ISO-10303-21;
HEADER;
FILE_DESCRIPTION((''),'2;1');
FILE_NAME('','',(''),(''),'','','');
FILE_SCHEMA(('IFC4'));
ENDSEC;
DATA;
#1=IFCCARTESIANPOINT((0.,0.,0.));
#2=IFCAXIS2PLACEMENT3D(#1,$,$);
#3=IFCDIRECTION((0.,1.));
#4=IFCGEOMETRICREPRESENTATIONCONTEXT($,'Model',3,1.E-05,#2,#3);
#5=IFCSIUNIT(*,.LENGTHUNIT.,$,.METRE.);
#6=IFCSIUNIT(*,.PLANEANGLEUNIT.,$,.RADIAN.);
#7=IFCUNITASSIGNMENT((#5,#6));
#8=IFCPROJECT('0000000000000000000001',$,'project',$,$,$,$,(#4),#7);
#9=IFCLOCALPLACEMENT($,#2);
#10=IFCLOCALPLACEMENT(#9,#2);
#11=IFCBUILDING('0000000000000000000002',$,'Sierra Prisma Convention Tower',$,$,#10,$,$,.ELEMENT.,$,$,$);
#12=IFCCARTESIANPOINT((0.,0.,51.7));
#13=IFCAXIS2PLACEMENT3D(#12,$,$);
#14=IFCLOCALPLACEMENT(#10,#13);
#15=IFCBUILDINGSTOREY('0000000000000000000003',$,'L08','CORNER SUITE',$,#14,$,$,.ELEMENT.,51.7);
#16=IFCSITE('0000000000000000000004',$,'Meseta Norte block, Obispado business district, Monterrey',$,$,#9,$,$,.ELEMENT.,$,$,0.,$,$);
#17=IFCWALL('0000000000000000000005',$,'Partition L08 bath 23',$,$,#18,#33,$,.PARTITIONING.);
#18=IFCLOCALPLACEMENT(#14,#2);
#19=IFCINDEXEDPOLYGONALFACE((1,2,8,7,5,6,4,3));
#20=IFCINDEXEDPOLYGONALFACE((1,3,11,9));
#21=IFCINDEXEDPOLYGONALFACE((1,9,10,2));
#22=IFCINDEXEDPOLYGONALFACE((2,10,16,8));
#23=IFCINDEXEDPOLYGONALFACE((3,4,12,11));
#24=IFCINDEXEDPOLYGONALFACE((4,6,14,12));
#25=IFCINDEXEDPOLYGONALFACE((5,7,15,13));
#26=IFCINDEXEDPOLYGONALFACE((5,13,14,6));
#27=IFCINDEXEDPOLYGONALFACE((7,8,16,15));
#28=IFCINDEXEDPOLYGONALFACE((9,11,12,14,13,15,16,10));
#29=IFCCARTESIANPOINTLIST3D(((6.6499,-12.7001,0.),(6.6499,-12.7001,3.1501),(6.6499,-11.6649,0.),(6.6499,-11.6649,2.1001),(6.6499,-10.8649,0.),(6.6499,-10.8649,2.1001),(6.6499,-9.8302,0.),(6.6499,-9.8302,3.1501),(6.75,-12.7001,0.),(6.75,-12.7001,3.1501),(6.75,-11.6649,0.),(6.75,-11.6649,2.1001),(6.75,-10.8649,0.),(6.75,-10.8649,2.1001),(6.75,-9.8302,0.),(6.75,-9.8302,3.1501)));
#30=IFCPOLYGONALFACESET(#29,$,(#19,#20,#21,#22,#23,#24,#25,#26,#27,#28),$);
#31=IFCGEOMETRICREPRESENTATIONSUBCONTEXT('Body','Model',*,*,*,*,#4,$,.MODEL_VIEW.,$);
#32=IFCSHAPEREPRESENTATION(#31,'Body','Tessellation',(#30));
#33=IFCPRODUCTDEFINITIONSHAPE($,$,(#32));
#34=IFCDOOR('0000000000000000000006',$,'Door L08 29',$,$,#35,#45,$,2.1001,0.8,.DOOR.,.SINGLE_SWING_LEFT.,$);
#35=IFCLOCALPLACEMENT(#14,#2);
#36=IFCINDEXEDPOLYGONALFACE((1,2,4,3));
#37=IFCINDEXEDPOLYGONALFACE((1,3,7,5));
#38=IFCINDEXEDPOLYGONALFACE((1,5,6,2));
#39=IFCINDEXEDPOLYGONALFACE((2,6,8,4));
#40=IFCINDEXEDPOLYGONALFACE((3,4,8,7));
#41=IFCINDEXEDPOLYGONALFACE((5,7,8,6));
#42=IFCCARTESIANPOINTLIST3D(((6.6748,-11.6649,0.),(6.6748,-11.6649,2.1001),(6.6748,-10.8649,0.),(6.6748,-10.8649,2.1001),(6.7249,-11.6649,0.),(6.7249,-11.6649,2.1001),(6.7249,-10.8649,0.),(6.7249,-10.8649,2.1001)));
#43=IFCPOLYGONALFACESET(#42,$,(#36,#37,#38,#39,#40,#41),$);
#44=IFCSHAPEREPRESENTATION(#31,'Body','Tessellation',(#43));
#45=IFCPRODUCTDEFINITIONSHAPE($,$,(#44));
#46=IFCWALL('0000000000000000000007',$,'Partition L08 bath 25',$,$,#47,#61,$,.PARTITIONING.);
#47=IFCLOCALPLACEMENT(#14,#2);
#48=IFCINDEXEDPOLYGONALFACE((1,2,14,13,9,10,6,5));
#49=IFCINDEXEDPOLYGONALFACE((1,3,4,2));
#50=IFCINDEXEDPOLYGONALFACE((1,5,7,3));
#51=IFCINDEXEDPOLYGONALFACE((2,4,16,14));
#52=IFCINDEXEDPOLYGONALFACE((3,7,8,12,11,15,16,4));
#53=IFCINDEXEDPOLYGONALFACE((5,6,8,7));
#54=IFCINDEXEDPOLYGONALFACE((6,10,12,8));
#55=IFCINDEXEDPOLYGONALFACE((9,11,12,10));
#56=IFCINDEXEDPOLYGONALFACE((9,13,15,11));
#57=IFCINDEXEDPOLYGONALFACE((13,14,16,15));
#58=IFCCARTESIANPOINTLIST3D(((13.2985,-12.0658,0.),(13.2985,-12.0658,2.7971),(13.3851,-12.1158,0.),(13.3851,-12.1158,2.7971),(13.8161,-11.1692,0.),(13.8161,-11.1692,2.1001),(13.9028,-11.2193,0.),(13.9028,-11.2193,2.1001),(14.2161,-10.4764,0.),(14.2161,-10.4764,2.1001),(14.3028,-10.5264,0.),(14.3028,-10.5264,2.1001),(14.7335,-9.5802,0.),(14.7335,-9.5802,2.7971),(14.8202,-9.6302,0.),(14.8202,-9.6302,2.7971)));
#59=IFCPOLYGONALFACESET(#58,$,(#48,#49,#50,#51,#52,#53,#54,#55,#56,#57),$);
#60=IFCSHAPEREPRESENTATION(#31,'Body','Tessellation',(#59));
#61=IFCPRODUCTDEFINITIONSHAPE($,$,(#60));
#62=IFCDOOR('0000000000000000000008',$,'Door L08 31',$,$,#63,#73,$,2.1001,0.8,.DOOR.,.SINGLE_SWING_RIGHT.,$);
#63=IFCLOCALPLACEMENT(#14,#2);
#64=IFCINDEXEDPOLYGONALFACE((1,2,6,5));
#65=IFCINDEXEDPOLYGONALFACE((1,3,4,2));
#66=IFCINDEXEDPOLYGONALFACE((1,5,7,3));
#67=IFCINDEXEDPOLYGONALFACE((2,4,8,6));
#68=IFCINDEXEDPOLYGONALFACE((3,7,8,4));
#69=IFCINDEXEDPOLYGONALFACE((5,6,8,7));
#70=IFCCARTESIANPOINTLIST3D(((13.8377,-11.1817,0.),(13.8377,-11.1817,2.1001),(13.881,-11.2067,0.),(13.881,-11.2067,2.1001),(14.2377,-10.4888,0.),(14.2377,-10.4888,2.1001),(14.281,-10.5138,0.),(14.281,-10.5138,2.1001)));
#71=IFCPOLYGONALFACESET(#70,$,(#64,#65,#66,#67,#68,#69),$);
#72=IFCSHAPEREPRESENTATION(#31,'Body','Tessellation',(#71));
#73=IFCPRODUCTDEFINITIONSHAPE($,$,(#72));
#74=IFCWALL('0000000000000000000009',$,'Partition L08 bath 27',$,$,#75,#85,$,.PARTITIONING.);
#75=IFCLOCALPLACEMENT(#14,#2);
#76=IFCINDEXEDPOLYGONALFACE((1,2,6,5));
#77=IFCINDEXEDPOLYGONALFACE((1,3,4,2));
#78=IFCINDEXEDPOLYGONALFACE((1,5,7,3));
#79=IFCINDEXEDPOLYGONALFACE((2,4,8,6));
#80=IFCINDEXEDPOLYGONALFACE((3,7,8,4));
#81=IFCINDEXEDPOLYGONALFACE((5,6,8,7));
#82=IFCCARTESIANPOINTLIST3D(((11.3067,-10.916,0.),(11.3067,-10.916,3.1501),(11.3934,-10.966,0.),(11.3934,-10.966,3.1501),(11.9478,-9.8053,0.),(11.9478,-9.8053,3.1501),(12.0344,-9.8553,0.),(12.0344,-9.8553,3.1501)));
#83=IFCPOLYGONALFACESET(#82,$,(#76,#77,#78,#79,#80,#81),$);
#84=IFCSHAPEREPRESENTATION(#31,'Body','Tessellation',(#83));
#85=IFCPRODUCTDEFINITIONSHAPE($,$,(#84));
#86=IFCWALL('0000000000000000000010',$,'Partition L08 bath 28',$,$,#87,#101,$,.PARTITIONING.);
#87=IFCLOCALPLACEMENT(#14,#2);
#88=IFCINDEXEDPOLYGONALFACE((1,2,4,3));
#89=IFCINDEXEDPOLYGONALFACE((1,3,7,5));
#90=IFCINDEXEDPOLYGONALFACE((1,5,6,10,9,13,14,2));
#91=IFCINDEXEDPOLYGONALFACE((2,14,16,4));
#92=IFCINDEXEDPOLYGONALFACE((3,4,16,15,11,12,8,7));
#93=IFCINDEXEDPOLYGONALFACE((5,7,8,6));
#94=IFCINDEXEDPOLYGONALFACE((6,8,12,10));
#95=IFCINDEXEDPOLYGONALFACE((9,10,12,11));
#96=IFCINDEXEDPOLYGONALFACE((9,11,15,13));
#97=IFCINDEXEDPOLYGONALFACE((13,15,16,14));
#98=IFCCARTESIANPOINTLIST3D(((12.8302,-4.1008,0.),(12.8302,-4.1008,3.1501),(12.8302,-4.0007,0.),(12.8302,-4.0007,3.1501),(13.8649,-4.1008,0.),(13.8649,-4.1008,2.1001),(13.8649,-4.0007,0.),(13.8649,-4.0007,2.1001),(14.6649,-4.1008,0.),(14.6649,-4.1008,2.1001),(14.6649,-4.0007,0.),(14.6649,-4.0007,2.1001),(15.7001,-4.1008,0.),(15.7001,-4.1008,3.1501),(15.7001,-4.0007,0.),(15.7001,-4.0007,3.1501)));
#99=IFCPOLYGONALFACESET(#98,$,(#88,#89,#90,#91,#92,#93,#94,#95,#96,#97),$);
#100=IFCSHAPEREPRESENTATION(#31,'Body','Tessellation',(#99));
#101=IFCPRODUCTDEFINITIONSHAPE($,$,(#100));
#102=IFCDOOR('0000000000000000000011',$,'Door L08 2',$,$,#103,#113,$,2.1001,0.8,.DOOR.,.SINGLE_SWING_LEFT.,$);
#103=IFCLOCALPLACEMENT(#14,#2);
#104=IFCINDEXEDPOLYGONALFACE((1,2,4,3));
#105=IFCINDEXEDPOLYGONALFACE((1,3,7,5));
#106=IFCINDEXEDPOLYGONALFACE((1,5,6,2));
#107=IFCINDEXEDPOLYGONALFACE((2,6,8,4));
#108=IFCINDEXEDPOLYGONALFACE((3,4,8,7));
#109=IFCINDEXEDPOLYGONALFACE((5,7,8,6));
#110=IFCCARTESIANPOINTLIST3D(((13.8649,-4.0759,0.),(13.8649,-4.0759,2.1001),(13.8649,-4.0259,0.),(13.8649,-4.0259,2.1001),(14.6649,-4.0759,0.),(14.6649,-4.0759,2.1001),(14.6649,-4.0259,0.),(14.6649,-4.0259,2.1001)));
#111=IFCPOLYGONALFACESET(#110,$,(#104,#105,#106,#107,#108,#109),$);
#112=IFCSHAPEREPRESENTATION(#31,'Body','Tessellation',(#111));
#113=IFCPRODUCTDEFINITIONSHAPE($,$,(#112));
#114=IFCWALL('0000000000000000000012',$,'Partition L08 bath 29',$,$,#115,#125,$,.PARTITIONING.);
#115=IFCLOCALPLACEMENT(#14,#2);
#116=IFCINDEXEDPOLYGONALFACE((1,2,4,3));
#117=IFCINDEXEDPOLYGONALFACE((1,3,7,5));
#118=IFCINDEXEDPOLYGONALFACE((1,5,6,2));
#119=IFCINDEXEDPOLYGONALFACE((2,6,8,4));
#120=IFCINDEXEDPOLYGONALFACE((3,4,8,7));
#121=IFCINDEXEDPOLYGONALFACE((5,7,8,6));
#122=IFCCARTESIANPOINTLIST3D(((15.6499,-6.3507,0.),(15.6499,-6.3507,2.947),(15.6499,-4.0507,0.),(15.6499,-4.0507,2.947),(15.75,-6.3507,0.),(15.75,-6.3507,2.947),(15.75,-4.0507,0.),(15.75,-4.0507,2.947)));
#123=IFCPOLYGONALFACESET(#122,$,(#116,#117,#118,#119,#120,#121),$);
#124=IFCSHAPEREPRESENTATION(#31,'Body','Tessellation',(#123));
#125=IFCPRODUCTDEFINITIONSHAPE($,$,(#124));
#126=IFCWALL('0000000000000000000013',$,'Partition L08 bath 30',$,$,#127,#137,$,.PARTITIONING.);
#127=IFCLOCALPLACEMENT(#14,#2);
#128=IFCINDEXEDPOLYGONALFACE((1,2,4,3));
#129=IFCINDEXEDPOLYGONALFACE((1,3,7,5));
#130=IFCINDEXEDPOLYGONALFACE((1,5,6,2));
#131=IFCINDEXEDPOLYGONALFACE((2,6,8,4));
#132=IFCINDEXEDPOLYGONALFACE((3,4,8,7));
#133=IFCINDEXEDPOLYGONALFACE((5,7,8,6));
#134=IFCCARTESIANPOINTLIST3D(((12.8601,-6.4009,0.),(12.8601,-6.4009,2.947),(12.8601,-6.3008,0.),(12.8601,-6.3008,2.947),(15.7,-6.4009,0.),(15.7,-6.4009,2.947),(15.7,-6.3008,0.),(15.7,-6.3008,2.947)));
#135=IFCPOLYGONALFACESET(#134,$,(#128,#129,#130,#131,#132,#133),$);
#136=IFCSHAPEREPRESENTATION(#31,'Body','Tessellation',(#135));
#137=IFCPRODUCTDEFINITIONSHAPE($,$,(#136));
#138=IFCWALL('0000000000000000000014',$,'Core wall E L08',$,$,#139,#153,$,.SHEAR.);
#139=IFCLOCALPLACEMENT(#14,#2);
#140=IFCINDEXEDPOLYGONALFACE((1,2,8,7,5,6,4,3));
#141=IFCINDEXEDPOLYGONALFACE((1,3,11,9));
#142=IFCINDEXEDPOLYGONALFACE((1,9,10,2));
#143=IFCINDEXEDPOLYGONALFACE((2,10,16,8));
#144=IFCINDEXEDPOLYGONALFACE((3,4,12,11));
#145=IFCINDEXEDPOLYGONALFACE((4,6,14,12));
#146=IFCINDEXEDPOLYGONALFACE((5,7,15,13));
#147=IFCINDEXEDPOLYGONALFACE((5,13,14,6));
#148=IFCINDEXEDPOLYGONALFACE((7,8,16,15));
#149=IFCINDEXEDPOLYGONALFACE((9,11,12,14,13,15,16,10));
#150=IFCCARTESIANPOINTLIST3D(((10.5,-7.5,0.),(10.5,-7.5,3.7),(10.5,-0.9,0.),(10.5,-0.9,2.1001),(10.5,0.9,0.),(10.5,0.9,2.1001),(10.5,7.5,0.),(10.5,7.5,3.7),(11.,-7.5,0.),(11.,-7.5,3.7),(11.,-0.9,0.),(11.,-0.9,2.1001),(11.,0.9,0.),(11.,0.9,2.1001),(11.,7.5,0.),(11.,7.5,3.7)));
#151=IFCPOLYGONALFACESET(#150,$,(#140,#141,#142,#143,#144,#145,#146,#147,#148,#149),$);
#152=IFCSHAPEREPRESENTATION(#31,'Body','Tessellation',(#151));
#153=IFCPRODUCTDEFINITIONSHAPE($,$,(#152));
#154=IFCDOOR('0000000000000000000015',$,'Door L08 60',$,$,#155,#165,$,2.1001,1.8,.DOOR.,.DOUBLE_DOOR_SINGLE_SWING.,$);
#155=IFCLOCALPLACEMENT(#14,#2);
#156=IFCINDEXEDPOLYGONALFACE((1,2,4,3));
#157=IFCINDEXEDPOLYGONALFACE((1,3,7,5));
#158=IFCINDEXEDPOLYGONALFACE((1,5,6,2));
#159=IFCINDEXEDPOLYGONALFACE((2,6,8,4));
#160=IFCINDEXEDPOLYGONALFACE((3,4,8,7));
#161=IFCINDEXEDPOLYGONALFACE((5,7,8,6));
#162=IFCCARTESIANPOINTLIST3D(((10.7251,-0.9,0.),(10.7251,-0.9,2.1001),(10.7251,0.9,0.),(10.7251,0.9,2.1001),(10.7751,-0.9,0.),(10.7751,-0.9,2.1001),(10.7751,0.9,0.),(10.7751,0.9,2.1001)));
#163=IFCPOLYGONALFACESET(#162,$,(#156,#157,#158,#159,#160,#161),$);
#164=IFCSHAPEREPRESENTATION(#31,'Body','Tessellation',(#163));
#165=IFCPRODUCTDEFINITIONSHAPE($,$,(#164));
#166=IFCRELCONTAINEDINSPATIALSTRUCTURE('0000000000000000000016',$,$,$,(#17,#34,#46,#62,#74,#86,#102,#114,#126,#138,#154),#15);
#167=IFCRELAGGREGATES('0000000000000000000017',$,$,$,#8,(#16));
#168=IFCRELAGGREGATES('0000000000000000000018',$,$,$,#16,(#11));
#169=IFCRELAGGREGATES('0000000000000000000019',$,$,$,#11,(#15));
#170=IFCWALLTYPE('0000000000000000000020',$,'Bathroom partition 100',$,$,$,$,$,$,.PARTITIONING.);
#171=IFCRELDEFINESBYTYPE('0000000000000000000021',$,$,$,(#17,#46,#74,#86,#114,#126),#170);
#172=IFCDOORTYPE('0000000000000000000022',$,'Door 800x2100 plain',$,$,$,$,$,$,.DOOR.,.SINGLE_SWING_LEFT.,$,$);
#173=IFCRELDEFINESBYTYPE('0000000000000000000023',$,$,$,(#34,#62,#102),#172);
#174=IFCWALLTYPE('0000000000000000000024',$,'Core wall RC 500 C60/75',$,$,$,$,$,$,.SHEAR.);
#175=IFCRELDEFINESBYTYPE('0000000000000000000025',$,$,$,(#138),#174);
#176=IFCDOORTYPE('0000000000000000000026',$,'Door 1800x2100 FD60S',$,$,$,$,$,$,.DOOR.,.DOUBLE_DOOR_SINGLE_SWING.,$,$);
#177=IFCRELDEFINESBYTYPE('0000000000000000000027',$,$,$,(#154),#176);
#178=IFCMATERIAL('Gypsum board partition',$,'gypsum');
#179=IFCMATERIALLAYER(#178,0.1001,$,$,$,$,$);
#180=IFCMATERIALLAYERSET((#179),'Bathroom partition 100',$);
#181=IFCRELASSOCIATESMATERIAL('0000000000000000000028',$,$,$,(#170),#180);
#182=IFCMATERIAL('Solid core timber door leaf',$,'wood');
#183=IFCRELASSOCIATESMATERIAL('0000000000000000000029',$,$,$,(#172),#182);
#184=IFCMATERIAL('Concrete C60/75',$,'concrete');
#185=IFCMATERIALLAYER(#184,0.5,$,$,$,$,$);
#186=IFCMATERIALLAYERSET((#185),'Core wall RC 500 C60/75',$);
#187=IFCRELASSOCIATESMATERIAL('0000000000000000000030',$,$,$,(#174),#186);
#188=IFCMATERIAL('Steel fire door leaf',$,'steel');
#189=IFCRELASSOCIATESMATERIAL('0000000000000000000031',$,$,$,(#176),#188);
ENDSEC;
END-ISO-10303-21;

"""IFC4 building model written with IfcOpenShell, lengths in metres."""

from ifc_helpers import new_model, si_unit, direction, frame, frame_2d, origin, place, context, subcontext, project, spatial, rectangle, extrude, material, layer, layer_set, type_object, element, fill, save


model = new_model("IFC4")

# Units and contexts
model_context = context("Model", 3, precision=1e-05, world=origin(), true_north=direction((0.0, 1.0)))
body_context = subcontext(model_context, "Body", "Model", "MODEL_VIEW")
ifc_project = project(units=[si_unit("LENGTHUNIT", "METRE"), si_unit("PLANEANGLEUNIT", "RADIAN")], contexts=[model_context])

# Site, building, storey
site_placement = place(None, origin())
site = spatial("IfcSite", under=ifc_project, at=site_placement, Name="Meseta Norte block, Obispado business district, Monterrey", CompositionType="ELEMENT", RefElevation=0.0)
building_placement = place(site_placement, origin())
building = spatial("IfcBuilding", under=site, at=building_placement, Name="Sierra Prisma Convention Tower", CompositionType="ELEMENT")
storey_placement = place(building_placement, frame((0.0, 0.0, 51.7)))
storey = spatial("IfcBuildingStorey", under=building, at=storey_placement, Name="L08", Description="CORNER SUITE", CompositionType="ELEMENT", Elevation=51.7)

# Walls, openings, doors
ifc_material_1 = material(Name="Gypsum board partition", Category="gypsum")
ifc_layer_1 = layer(ifc_material_1, 0.1001)
ifc_layer_set_1 = layer_set([ifc_layer_1], Name="Bathroom partition 100")
wall_type_1 = type_object("IfcWallType", Name="Bathroom partition 100", PredefinedType="PARTITIONING", material=ifc_layer_set_1)
wall_1_placement = place(storey_placement, frame((6.7, -9.8301, 0.0), z_axis=(0.0, 0.0, 1.0), x_axis=(0.0, -1.0, 0.0)))
wall_1 = element("IfcWall", 1, at=wall_1_placement, inside=storey, type_object=wall_type_1, Name="Partition L08 bath 23", PredefinedType="PARTITIONING", context=body_context, shape_type="SweptSolid", body=[
    extrude(rectangle(XDim=2.8699, YDim=0.1001, at=frame_2d((1.4351, 0.0))), origin(), (0.0, 0.0, 1.0), 3.1501),
])
opening_1_placement = place(wall_1_placement, frame((1.0349, 0.0, 0.0)))
opening_1 = element("IfcOpeningElement", 2, at=opening_1_placement, cuts=wall_1, PredefinedType="OPENING", context=body_context, shape_type="SweptSolid", body=[
    extrude(rectangle(XDim=0.8, YDim=2.1001, at=frame_2d((0.3999, 1.05))), frame((0.0, 0.05, 0.0), z_axis=(0.0, -1.0, 0.0), x_axis=(1.0, 0.0, 0.0)), (0.0, 0.0, 1.0), 0.1001),
])
ifc_material_2 = material(Name="Solid core timber door leaf", Category="wood")
door_type_1 = type_object("IfcDoorType", Name="Door 800x2100 plain", OperationType="SINGLE_SWING_LEFT", PredefinedType="DOOR", material=ifc_material_2)
door_1_placement = place(opening_1_placement, origin())
door_1 = element("IfcDoor", 3, at=door_1_placement, inside=storey, type_object=door_type_1, Name="Door L08 29", OperationType="SINGLE_SWING_LEFT", OverallHeight=2.1001, OverallWidth=0.8, PredefinedType="DOOR", context=body_context, shape_type="SweptSolid", body=[
    extrude(rectangle(XDim=0.8, YDim=2.1001, at=frame_2d((0.3999, 1.05))), frame((0.0, 0.0249, 0.0), z_axis=(0.0, -1.0, 0.0), x_axis=(1.0, 0.0, 0.0)), (0.0, 0.0, 1.0), 0.05),
])
fill(opening_1, door_1)
wall_2_placement = place(storey_placement, frame((14.7769, -9.6052, 0.0), z_axis=(0.0, 0.0, 1.0), x_axis=(-0.5, -0.866026, 0.0)))
wall_2 = element("IfcWall", 4, at=wall_2_placement, inside=storey, type_object=wall_type_1, Name="Partition L08 bath 25", PredefinedType="PARTITIONING", context=body_context, shape_type="SweptSolid", body=[
    extrude(rectangle(XDim=2.8701, YDim=0.1001, at=frame_2d((1.4351, 0.0))), origin(), (0.0, 0.0, 1.0), 2.7971),
])
opening_2_placement = place(wall_2_placement, frame((1.0349, 0.0, 0.0)))
opening_2 = element("IfcOpeningElement", 5, at=opening_2_placement, cuts=wall_2, PredefinedType="OPENING", context=body_context, shape_type="SweptSolid", body=[
    extrude(rectangle(XDim=0.8, YDim=2.1001, at=frame_2d((0.3999, 1.05))), frame((0.0, 0.05, 0.0), z_axis=(0.0, -1.0, 0.0), x_axis=(1.0, 0.0, 0.0)), (0.0, 0.0, 1.0), 0.1001),
])
door_2_placement = place(opening_2_placement, origin())
door_2 = element("IfcDoor", 6, at=door_2_placement, inside=storey, type_object=door_type_1, Name="Door L08 31", OperationType="SINGLE_SWING_RIGHT", OverallHeight=2.1001, OverallWidth=0.8, PredefinedType="DOOR", context=body_context, shape_type="SweptSolid", body=[
    extrude(rectangle(XDim=0.8, YDim=2.1001, at=frame_2d((0.3999, 1.05))), frame((0.0, 0.0249, 0.0), z_axis=(0.0, -1.0, 0.0), x_axis=(1.0, 0.0, 0.0)), (0.0, 0.0, 1.0), 0.05),
])
fill(opening_2, door_2)

# Wall
wall_3_placement = place(storey_placement, frame((11.3501, -10.9409, 0.0), z_axis=(0.0, 0.0, 1.0), x_axis=(0.499865, 0.866103, 0.0)))
element("IfcWall", 7, at=wall_3_placement, inside=storey, type_object=wall_type_1, Name="Partition L08 bath 27", PredefinedType="PARTITIONING", context=body_context, shape_type="SweptSolid", body=[
    extrude(rectangle(XDim=1.2825, YDim=0.1001, at=frame_2d((0.6411, 0.0))), origin(), (0.0, 0.0, 1.0), 3.1501),
])

# Wall, opening, door
wall_4_placement = place(storey_placement, frame((12.8301, -4.0508, 0.0), z_axis=(0.0, 0.0, 1.0), x_axis=(1.0, 0.0, 0.0)))
wall_4 = element("IfcWall", 8, at=wall_4_placement, inside=storey, type_object=wall_type_1, Name="Partition L08 bath 28", PredefinedType="PARTITIONING", context=body_context, shape_type="SweptSolid", body=[
    extrude(rectangle(XDim=2.8699, YDim=0.1001, at=frame_2d((1.4351, 0.0))), origin(), (0.0, 0.0, 1.0), 3.1501),
])
opening_3_placement = place(wall_4_placement, frame((1.0349, 0.0, 0.0)))
opening_3 = element("IfcOpeningElement", 9, at=opening_3_placement, cuts=wall_4, PredefinedType="OPENING", context=body_context, shape_type="SweptSolid", body=[
    extrude(rectangle(XDim=0.8, YDim=2.1001, at=frame_2d((0.3999, 1.05))), frame((0.0, 0.05, 0.0), z_axis=(0.0, -1.0, 0.0), x_axis=(1.0, 0.0, 0.0)), (0.0, 0.0, 1.0), 0.1001),
])
door_3_placement = place(opening_3_placement, origin())
door_3 = element("IfcDoor", 10, at=door_3_placement, inside=storey, type_object=door_type_1, Name="Door L08 2", OperationType="SINGLE_SWING_LEFT", OverallHeight=2.1001, OverallWidth=0.8, PredefinedType="DOOR", context=body_context, shape_type="SweptSolid", body=[
    extrude(rectangle(XDim=0.8, YDim=2.1001, at=frame_2d((0.3999, 1.05))), frame((0.0, 0.0249, 0.0), z_axis=(0.0, -1.0, 0.0), x_axis=(1.0, 0.0, 0.0)), (0.0, 0.0, 1.0), 0.05),
])
fill(opening_3, door_3)

# Walls
wall_5_placement = place(storey_placement, frame((15.7, -4.0508, 0.0), z_axis=(0.0, 0.0, 1.0), x_axis=(0.0, -1.0, 0.0)))
element("IfcWall", 11, at=wall_5_placement, inside=storey, type_object=wall_type_1, Name="Partition L08 bath 29", PredefinedType="PARTITIONING", context=body_context, shape_type="SweptSolid", body=[
    extrude(rectangle(XDim=2.3, YDim=0.1001, at=frame_2d((1.1499, 0.0))), origin(), (0.0, 0.0, 1.0), 2.947),
])
wall_6_placement = place(storey_placement, frame((15.7, -6.3508, 0.0), z_axis=(0.0, 0.0, 1.0), x_axis=(-1.0, 0.0, 0.0)))
element("IfcWall", 12, at=wall_6_placement, inside=storey, type_object=wall_type_1, Name="Partition L08 bath 30", PredefinedType="PARTITIONING", context=body_context, shape_type="SweptSolid", body=[
    extrude(rectangle(XDim=2.8398, YDim=0.1001, at=frame_2d((1.4199, 0.0))), origin(), (0.0, 0.0, 1.0), 2.947),
])

# Wall, opening, door
ifc_material_3 = material(Name="Concrete C60/75", Category="concrete")
ifc_layer_2 = layer(ifc_material_3, 0.5)
ifc_layer_set_2 = layer_set([ifc_layer_2], Name="Core wall RC 500 C60/75")
wall_type_2 = type_object("IfcWallType", Name="Core wall RC 500 C60/75", PredefinedType="SHEAR", material=ifc_layer_set_2)
wall_7_placement = place(storey_placement, frame((10.75, -7.5, 0.0), z_axis=(0.0, 0.0, 1.0), x_axis=(0.0, 1.0, 0.0)))
wall_7 = element("IfcWall", 13, at=wall_7_placement, inside=storey, type_object=wall_type_2, Name="Core wall E L08", PredefinedType="SHEAR", context=body_context, shape_type="SweptSolid", body=[
    extrude(rectangle(XDim=15.0, YDim=0.5, at=frame_2d((7.5, 0.0))), origin(), (0.0, 0.0, 1.0), 3.7),
])
opening_4_placement = place(wall_7_placement, frame((6.6001, 0.0, 0.0)))
opening_4 = element("IfcOpeningElement", 14, at=opening_4_placement, cuts=wall_7, PredefinedType="OPENING", context=body_context, shape_type="SweptSolid", body=[
    extrude(rectangle(XDim=1.8, YDim=2.1001, at=frame_2d((0.8999, 1.05))), frame((0.0, 0.25, 0.0), z_axis=(0.0, -1.0, 0.0), x_axis=(1.0, 0.0, 0.0)), (0.0, 0.0, 1.0), 0.5),
])
ifc_material_4 = material(Name="Steel fire door leaf", Category="steel")
door_type_2 = type_object("IfcDoorType", Name="Door 1800x2100 FD60S", OperationType="DOUBLE_DOOR_SINGLE_SWING", PredefinedType="DOOR", material=ifc_material_4)
door_4_placement = place(opening_4_placement, origin())
door_4 = element("IfcDoor", 15, at=door_4_placement, inside=storey, type_object=door_type_2, Name="Door L08 60", OperationType="DOUBLE_DOOR_SINGLE_SWING", OverallHeight=2.1001, OverallWidth=1.8, PredefinedType="DOOR", context=body_context, shape_type="SweptSolid", body=[
    extrude(rectangle(XDim=1.8, YDim=2.1001, at=frame_2d((0.8999, 1.05))), frame((0.0, 0.0249, 0.0), z_axis=(0.0, -1.0, 0.0), x_axis=(1.0, 0.0, 0.0)), (0.0, 0.0, 1.0), 0.05),
])
fill(opening_4, door_4)

save(model, "model.ifc")
